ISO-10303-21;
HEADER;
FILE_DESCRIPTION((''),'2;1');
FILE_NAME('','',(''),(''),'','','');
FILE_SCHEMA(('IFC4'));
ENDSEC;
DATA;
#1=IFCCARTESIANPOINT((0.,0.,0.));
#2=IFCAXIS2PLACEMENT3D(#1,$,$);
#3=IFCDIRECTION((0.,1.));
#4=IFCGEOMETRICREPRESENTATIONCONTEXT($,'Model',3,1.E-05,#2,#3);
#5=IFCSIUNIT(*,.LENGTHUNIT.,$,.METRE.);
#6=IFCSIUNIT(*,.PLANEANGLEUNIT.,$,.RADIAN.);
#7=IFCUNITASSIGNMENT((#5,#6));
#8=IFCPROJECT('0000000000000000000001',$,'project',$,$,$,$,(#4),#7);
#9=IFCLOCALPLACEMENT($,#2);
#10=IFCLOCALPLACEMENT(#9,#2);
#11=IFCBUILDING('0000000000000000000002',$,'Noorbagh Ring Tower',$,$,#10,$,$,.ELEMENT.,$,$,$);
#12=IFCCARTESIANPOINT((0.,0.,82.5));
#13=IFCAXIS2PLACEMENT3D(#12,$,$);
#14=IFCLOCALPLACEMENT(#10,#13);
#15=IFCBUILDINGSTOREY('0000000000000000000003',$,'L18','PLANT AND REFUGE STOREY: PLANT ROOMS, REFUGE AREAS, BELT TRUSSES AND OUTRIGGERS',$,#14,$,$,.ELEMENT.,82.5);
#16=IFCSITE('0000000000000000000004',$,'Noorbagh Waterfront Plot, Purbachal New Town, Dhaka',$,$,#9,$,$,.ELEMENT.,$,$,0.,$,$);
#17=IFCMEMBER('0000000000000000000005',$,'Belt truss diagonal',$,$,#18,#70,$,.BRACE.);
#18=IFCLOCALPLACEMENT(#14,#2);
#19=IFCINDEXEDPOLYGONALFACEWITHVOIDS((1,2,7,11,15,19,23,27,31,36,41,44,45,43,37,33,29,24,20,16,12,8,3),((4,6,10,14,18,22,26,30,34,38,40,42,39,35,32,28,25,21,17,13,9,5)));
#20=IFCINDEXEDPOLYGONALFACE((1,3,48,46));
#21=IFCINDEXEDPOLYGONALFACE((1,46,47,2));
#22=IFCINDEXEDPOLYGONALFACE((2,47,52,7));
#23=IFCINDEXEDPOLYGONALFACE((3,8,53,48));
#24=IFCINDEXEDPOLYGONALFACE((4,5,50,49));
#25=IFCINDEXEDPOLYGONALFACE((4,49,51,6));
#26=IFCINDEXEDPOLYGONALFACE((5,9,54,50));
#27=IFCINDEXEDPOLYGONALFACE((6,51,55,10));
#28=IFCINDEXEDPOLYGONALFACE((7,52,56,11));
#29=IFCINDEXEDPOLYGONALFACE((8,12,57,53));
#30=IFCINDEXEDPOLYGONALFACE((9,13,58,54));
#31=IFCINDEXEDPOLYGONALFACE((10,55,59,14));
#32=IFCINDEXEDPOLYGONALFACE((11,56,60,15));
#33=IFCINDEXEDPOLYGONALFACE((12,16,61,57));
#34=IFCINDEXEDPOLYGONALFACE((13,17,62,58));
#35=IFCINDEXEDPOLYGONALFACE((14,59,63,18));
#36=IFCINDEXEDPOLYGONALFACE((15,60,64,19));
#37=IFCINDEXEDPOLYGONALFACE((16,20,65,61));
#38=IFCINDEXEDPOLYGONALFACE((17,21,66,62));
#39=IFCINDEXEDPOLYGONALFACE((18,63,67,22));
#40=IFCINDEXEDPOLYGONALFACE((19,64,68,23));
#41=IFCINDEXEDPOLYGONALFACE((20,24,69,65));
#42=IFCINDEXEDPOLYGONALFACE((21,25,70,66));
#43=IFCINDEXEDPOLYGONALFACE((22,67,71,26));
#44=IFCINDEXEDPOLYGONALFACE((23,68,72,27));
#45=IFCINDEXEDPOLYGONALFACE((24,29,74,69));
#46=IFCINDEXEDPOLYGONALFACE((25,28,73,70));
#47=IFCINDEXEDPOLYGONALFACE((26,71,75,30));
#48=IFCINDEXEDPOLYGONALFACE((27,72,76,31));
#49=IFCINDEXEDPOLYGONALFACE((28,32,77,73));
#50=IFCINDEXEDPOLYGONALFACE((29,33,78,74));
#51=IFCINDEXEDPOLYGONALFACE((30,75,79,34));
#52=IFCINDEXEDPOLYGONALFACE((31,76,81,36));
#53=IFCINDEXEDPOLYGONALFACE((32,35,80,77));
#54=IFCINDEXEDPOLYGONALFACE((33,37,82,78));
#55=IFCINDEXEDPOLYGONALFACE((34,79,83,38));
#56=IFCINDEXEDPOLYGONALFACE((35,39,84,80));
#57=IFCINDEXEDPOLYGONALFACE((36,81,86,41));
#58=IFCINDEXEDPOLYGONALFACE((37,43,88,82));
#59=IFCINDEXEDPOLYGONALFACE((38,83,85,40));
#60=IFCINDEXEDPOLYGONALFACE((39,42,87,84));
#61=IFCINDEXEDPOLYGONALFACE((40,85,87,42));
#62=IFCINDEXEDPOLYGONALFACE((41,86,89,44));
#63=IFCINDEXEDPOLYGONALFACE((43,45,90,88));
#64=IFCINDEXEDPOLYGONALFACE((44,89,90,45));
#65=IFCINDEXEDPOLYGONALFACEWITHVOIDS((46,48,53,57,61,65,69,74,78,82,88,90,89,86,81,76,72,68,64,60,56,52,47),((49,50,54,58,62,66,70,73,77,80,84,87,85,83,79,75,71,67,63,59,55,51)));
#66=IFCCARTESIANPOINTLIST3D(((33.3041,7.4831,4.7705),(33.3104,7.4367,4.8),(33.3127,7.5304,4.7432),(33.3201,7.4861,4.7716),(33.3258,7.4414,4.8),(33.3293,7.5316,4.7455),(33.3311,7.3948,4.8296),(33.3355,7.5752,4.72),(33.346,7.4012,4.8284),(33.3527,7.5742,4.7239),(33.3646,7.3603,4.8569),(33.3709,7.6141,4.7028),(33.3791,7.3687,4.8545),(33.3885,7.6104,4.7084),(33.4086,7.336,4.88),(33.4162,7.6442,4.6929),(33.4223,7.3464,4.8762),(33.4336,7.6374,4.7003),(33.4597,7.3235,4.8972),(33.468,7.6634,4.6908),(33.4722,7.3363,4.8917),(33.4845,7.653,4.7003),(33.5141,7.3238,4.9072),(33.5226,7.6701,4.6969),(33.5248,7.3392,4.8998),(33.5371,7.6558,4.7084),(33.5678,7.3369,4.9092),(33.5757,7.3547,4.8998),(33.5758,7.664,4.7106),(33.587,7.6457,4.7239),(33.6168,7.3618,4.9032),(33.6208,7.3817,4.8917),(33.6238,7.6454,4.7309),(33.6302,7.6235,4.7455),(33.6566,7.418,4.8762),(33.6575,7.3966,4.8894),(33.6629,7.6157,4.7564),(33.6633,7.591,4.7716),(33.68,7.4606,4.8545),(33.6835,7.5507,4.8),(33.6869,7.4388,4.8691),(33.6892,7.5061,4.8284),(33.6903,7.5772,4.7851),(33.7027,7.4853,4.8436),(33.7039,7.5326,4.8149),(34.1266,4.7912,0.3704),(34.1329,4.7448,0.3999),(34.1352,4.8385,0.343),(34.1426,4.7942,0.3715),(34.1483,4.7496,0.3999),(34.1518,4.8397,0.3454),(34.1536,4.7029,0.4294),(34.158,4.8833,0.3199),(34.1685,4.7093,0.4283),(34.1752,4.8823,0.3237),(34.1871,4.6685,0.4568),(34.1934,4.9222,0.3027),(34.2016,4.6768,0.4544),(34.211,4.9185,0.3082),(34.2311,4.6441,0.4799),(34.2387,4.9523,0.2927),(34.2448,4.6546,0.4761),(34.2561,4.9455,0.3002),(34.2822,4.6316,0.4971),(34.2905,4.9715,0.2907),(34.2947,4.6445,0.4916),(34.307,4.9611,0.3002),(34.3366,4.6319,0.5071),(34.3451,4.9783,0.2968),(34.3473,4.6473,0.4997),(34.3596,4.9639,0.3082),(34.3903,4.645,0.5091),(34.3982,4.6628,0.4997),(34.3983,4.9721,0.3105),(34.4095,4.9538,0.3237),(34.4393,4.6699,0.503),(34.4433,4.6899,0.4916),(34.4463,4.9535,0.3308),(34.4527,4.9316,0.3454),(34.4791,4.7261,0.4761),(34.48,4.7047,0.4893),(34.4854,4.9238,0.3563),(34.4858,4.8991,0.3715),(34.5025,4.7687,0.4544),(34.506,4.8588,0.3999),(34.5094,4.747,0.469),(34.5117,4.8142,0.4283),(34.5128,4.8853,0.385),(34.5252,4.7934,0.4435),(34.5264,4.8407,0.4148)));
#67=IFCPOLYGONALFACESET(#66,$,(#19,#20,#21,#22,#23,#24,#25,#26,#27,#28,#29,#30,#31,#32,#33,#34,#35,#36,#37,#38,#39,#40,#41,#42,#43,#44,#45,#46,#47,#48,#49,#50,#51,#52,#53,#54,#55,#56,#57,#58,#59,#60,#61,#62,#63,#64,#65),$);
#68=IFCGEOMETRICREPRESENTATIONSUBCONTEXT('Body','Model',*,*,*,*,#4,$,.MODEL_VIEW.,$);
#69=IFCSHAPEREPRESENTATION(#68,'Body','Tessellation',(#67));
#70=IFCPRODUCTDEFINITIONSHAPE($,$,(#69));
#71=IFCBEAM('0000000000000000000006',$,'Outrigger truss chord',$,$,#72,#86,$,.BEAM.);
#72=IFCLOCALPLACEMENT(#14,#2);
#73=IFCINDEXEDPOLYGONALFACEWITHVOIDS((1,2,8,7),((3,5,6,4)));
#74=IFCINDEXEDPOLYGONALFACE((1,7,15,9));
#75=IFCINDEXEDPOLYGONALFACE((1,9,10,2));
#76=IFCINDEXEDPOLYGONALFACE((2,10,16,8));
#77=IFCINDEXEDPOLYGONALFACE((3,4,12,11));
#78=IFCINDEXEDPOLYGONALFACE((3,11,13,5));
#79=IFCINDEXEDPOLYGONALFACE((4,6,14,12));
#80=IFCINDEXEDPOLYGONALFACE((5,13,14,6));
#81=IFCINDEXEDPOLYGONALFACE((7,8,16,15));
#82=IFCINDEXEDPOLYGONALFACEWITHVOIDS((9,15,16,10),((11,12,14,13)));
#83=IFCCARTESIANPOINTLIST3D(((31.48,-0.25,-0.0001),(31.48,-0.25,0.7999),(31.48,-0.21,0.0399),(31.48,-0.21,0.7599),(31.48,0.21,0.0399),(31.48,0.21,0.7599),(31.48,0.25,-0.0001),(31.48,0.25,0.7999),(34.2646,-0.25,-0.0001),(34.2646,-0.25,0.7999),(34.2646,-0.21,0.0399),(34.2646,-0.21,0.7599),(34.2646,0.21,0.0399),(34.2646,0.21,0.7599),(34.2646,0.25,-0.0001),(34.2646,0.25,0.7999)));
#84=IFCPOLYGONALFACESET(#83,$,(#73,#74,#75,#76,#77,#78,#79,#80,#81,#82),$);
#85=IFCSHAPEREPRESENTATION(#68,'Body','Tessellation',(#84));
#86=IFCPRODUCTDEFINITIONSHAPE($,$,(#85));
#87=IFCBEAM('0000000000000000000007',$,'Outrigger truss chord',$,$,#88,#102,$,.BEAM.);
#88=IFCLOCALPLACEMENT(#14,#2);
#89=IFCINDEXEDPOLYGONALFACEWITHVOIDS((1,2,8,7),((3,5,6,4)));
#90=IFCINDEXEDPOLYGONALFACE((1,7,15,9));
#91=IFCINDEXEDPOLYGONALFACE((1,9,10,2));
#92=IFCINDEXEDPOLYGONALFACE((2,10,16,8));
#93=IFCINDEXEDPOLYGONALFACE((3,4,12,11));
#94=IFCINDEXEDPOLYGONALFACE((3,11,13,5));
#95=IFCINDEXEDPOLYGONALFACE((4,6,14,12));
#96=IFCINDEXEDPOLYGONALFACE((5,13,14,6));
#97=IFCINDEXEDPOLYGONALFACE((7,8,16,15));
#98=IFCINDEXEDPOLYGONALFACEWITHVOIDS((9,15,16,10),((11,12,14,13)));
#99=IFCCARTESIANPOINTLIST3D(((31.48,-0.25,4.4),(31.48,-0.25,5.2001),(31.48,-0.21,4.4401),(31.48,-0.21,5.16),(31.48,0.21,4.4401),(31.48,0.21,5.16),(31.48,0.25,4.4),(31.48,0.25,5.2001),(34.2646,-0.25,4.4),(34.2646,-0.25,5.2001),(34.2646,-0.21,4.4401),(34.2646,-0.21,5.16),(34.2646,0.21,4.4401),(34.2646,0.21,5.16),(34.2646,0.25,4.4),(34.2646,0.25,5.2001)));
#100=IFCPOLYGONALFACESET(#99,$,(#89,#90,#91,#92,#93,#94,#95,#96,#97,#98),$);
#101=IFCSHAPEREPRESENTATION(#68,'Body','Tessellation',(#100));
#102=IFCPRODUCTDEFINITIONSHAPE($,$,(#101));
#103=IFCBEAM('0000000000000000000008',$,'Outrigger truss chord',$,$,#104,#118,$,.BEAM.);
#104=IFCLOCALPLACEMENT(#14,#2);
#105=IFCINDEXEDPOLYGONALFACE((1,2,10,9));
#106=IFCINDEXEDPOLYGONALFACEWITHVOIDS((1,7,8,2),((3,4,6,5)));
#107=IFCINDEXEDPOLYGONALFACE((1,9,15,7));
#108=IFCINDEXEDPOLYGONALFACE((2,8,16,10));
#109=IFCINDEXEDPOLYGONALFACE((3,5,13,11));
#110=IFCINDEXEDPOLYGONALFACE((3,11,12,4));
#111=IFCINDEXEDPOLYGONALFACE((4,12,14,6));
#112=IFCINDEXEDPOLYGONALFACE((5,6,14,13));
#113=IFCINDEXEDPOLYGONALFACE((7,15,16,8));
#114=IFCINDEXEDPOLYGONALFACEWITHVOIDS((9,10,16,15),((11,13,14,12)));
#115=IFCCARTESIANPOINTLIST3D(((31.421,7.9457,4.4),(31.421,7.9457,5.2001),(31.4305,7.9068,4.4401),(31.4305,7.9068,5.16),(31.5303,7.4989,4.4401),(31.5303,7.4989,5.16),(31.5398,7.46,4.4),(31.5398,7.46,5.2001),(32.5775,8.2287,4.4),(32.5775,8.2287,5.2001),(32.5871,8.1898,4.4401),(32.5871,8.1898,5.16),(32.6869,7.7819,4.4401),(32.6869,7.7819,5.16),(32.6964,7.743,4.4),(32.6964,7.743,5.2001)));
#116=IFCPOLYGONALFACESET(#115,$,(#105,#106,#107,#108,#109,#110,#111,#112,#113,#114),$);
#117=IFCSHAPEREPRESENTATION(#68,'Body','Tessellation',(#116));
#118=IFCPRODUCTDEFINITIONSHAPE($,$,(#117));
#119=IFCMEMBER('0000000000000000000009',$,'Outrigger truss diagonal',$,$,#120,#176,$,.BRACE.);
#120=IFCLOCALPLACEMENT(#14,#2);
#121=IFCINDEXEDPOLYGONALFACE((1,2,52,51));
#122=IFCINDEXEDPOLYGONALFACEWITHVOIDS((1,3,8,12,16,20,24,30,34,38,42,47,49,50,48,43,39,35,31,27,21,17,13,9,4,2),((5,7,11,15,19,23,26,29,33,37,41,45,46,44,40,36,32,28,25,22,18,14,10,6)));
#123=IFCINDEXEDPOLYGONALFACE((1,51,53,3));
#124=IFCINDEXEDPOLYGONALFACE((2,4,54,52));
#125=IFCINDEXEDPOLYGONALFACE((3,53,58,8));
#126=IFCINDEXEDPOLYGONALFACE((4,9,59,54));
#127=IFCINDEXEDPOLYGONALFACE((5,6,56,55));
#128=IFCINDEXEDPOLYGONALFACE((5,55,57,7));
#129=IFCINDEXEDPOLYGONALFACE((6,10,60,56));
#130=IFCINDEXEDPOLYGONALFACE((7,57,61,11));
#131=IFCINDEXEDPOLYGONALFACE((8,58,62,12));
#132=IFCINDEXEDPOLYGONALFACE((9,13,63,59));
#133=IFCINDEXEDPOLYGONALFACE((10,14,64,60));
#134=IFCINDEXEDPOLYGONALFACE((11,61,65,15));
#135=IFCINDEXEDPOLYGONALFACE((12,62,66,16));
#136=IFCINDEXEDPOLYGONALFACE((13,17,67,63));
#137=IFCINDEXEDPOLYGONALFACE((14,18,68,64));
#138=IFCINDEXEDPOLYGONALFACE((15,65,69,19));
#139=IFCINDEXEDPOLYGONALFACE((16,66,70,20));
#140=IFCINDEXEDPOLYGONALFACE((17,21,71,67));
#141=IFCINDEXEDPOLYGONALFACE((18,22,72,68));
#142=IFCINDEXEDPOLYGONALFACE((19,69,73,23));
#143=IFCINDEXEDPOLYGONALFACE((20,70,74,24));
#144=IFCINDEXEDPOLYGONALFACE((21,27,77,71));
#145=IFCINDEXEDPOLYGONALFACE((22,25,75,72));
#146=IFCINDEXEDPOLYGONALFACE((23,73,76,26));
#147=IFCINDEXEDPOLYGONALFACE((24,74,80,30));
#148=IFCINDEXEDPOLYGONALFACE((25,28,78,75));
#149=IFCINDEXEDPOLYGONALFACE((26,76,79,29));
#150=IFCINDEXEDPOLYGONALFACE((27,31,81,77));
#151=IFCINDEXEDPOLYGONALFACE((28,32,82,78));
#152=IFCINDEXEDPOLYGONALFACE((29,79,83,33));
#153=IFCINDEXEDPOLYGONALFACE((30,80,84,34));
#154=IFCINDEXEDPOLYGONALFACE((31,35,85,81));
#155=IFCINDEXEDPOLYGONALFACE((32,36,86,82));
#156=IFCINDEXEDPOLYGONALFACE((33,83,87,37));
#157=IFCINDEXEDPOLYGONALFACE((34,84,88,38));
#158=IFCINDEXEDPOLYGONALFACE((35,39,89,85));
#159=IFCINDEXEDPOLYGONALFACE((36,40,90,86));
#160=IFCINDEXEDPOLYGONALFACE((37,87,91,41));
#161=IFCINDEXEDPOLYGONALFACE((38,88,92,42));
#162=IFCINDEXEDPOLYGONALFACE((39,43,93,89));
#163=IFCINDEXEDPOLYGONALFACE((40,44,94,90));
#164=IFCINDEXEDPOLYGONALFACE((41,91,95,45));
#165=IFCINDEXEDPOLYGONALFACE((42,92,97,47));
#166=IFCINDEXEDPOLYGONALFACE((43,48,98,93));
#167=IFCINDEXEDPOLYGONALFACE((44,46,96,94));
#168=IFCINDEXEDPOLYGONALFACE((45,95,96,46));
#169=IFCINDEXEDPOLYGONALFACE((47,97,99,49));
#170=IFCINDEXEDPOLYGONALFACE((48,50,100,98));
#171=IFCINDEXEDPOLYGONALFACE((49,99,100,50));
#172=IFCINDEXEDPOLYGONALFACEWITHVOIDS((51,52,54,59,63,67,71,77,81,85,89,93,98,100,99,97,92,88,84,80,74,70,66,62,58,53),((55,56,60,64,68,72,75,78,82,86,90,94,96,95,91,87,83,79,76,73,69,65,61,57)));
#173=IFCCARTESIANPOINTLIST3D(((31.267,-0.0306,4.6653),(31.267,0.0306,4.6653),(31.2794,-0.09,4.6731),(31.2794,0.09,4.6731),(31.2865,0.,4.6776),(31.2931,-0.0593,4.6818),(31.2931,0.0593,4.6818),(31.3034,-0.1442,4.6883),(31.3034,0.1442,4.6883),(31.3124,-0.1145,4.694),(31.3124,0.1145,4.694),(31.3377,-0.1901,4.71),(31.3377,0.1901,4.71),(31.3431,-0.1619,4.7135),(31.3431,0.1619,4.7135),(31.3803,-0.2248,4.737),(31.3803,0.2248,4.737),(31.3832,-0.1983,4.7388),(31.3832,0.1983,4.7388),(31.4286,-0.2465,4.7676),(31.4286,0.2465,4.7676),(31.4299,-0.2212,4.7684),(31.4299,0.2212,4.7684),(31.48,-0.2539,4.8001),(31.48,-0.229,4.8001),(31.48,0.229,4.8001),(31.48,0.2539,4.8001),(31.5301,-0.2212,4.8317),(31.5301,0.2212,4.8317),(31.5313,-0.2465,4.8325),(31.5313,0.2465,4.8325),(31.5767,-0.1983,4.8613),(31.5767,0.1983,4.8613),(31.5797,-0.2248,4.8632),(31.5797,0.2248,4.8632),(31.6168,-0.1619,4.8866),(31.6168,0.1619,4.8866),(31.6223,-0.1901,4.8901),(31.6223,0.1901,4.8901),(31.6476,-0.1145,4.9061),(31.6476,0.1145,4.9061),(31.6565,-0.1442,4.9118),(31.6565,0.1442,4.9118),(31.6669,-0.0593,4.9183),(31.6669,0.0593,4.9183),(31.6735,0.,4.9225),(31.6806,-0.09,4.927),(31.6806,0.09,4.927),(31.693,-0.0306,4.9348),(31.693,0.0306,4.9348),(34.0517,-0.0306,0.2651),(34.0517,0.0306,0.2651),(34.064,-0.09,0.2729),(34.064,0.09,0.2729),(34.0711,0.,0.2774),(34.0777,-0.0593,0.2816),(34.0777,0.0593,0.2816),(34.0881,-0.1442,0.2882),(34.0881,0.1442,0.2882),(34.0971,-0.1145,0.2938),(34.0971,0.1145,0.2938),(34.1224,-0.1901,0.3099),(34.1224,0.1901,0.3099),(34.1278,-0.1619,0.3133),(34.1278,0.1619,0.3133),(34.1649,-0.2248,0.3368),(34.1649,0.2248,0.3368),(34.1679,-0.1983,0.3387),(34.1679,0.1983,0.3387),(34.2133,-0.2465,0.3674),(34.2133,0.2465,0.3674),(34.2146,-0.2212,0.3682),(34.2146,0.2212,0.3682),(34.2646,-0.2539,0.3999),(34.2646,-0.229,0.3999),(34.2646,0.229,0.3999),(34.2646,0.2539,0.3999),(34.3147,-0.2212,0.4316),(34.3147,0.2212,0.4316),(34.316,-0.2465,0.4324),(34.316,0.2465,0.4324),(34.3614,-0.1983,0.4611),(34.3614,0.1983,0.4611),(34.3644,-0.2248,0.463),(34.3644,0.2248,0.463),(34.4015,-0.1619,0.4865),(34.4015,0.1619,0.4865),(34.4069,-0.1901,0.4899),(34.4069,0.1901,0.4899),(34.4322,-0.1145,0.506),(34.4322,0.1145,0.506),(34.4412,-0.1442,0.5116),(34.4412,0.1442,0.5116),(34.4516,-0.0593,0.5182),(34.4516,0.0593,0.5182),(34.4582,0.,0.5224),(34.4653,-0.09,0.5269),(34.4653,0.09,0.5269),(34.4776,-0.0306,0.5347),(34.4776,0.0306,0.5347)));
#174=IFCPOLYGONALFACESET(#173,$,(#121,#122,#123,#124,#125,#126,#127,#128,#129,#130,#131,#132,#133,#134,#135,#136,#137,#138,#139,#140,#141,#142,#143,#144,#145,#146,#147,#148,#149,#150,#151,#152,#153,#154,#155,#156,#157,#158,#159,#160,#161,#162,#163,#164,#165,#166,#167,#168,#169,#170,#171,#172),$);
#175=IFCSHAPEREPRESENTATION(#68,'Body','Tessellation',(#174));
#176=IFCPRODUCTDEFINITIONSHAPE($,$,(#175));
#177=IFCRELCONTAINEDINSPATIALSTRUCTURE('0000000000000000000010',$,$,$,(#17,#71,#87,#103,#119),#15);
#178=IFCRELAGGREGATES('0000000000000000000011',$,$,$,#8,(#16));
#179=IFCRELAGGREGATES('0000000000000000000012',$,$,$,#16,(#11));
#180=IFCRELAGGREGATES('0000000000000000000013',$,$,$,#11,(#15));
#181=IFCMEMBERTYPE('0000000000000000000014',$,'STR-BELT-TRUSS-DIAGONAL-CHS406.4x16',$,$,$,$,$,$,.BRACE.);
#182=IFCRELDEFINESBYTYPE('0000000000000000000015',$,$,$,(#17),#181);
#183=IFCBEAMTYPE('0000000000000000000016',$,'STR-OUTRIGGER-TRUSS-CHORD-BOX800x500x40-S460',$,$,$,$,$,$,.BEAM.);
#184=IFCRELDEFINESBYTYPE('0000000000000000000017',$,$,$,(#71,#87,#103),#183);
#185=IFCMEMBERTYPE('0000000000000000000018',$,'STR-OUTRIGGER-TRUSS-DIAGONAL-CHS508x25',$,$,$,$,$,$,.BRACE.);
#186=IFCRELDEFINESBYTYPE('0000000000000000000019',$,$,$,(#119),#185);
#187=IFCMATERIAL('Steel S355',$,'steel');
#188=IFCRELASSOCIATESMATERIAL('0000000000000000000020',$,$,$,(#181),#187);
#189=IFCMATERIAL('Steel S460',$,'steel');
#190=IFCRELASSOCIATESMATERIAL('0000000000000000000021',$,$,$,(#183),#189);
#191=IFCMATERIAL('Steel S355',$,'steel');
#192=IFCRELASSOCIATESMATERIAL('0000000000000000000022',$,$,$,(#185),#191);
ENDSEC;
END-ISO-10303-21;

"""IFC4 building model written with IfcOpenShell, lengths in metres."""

from ifc_helpers import new_model, si_unit, direction, frame, origin, origin_2d, place, context, subcontext, project, spatial, hollow_rectangle, hollow_circle, extrude, material, material_profile, profile_set, type_object, element, save


model = new_model("IFC4")

# Units and contexts
model_context = context("Model", 3, precision=1e-05, world=origin(), true_north=direction((0.0, 1.0)))
body_context = subcontext(model_context, "Body", "Model", "MODEL_VIEW")
ifc_project = project(units=[si_unit("LENGTHUNIT", "METRE"), si_unit("PLANEANGLEUNIT", "RADIAN")], contexts=[model_context])

# Site, building, storey
site_placement = place(None, origin())
site = spatial("IfcSite", under=ifc_project, at=site_placement, Name="Noorbagh Waterfront Plot, Purbachal New Town, Dhaka", CompositionType="ELEMENT", RefElevation=0.0)
building_placement = place(site_placement, origin())
building = spatial("IfcBuilding", under=site, at=building_placement, Name="Noorbagh Ring Tower", CompositionType="ELEMENT")
storey_placement = place(building_placement, frame((0.0, 0.0, 82.5)))
storey = spatial("IfcBuildingStorey", under=building, at=storey_placement, Name="L18", Description="PLANT AND REFUGE STOREY: PLANT ROOMS, REFUGE AREAS, BELT TRUSSES AND OUTRIGGERS", CompositionType="ELEMENT", Elevation=82.5)

# Member
ifc_material_1 = material(Name="Steel S355", Category="steel")
ifc_material_profile_1 = material_profile(ifc_material_1, hollow_circle(Radius=0.2031, WallThickness=0.0161, at=origin_2d()), Name="CHS406.4x16")
ifc_profile_set_1 = profile_set([ifc_material_profile_1], Name="Steel S355")
member_type_1 = type_object("IfcMemberType", Name="STR-BELT-TRUSS-DIAGONAL-CHS406.4x16", PredefinedType="BRACE", material=ifc_profile_set_1)
member_1_placement = place(storey_placement, frame((34.3271, 4.8042, 0.3999), z_axis=(-0.157466, 0.515351, 0.842388), x_axis=(-0.956353, -0.292214, 0.0)))
element("IfcMember", 1, at=member_1_placement, inside=storey, type_object=member_type_1, Name="Belt truss diagonal", PredefinedType="BRACE", context=body_context, shape_type="SweptSolid", body=[
    extrude(hollow_circle(Radius=0.2031, WallThickness=0.0161, at=origin_2d()), origin(), (0.0, 0.0, 1.0), 5.2234),
])

# Beams
ifc_material_2 = material(Name="Steel S460", Category="steel")
ifc_material_profile_2 = material_profile(ifc_material_2, hollow_rectangle(XDim=0.5, YDim=0.8, WallThickness=0.04, at=origin_2d()), Name="BOX800x500x40")
ifc_profile_set_2 = profile_set([ifc_material_profile_2], Name="Steel S460")
beam_type_1 = type_object("IfcBeamType", Name="STR-OUTRIGGER-TRUSS-CHORD-BOX800x500x40-S460", PredefinedType="BEAM", material=ifc_profile_set_2)
for number, where, z_axis, x_axis, name in (
    (2, (34.2646, 0.0, 0.3999), (-1.0, 0.0, 0.0), (0.0, -1.0, 0.0), "Outrigger truss chord"),
    (3, (34.2646, 0.0, 4.8), (-1.0, 0.0, 0.0), (0.0, -1.0, 0.0), "Outrigger truss chord"),
):
    element("IfcBeam", number, at=place(storey_placement, frame(where, z_axis=z_axis, x_axis=x_axis)), inside=storey, type_object=beam_type_1, Name=name, PredefinedType="BEAM", context=body_context, shape_type="SweptSolid", body=[
        extrude(hollow_rectangle(XDim=0.5, YDim=0.8, WallThickness=0.04, at=origin_2d()), origin(), (0.0, 0.0, 1.0), 2.7847),
    ])
beam_1_placement = place(storey_placement, frame((32.637, 7.9858, 4.8), z_axis=(-0.971349, -0.237659, 0.0), x_axis=(0.237659, -0.971349, 0.0)))
element("IfcBeam", 4, at=beam_1_placement, inside=storey, type_object=beam_type_1, Name="Outrigger truss chord", PredefinedType="BEAM", context=body_context, shape_type="SweptSolid", body=[
    extrude(hollow_rectangle(XDim=0.5, YDim=0.8, WallThickness=0.04, at=origin_2d()), origin(), (0.0, 0.0, 1.0), 1.1907),
])

# Member
ifc_material_3 = material(Name="Steel S355", Category="steel")
ifc_material_profile_3 = material_profile(ifc_material_3, hollow_circle(Radius=0.2539, WallThickness=0.0249, at=origin_2d()), Name="CHS508x25")
ifc_profile_set_3 = profile_set([ifc_material_profile_3], Name="Steel S355")
member_type_2 = type_object("IfcMemberType", Name="STR-OUTRIGGER-TRUSS-DIAGONAL-CHS508x25", PredefinedType="BRACE", material=ifc_profile_set_3)
member_2_placement = place(storey_placement, frame((34.2646, 0.0, 0.3999), z_axis=(-0.534765, 0.0, 0.845001), x_axis=(0.0, -1.0, 0.0)))
element("IfcMember", 5, at=member_2_placement, inside=storey, type_object=member_type_2, Name="Outrigger truss diagonal", PredefinedType="BRACE", context=body_context, shape_type="SweptSolid", body=[
    extrude(hollow_circle(Radius=0.2539, WallThickness=0.0249, at=origin_2d()), origin(), (0.0, 0.0, 1.0), 5.2073),
])

save(model, "model.ifc")
